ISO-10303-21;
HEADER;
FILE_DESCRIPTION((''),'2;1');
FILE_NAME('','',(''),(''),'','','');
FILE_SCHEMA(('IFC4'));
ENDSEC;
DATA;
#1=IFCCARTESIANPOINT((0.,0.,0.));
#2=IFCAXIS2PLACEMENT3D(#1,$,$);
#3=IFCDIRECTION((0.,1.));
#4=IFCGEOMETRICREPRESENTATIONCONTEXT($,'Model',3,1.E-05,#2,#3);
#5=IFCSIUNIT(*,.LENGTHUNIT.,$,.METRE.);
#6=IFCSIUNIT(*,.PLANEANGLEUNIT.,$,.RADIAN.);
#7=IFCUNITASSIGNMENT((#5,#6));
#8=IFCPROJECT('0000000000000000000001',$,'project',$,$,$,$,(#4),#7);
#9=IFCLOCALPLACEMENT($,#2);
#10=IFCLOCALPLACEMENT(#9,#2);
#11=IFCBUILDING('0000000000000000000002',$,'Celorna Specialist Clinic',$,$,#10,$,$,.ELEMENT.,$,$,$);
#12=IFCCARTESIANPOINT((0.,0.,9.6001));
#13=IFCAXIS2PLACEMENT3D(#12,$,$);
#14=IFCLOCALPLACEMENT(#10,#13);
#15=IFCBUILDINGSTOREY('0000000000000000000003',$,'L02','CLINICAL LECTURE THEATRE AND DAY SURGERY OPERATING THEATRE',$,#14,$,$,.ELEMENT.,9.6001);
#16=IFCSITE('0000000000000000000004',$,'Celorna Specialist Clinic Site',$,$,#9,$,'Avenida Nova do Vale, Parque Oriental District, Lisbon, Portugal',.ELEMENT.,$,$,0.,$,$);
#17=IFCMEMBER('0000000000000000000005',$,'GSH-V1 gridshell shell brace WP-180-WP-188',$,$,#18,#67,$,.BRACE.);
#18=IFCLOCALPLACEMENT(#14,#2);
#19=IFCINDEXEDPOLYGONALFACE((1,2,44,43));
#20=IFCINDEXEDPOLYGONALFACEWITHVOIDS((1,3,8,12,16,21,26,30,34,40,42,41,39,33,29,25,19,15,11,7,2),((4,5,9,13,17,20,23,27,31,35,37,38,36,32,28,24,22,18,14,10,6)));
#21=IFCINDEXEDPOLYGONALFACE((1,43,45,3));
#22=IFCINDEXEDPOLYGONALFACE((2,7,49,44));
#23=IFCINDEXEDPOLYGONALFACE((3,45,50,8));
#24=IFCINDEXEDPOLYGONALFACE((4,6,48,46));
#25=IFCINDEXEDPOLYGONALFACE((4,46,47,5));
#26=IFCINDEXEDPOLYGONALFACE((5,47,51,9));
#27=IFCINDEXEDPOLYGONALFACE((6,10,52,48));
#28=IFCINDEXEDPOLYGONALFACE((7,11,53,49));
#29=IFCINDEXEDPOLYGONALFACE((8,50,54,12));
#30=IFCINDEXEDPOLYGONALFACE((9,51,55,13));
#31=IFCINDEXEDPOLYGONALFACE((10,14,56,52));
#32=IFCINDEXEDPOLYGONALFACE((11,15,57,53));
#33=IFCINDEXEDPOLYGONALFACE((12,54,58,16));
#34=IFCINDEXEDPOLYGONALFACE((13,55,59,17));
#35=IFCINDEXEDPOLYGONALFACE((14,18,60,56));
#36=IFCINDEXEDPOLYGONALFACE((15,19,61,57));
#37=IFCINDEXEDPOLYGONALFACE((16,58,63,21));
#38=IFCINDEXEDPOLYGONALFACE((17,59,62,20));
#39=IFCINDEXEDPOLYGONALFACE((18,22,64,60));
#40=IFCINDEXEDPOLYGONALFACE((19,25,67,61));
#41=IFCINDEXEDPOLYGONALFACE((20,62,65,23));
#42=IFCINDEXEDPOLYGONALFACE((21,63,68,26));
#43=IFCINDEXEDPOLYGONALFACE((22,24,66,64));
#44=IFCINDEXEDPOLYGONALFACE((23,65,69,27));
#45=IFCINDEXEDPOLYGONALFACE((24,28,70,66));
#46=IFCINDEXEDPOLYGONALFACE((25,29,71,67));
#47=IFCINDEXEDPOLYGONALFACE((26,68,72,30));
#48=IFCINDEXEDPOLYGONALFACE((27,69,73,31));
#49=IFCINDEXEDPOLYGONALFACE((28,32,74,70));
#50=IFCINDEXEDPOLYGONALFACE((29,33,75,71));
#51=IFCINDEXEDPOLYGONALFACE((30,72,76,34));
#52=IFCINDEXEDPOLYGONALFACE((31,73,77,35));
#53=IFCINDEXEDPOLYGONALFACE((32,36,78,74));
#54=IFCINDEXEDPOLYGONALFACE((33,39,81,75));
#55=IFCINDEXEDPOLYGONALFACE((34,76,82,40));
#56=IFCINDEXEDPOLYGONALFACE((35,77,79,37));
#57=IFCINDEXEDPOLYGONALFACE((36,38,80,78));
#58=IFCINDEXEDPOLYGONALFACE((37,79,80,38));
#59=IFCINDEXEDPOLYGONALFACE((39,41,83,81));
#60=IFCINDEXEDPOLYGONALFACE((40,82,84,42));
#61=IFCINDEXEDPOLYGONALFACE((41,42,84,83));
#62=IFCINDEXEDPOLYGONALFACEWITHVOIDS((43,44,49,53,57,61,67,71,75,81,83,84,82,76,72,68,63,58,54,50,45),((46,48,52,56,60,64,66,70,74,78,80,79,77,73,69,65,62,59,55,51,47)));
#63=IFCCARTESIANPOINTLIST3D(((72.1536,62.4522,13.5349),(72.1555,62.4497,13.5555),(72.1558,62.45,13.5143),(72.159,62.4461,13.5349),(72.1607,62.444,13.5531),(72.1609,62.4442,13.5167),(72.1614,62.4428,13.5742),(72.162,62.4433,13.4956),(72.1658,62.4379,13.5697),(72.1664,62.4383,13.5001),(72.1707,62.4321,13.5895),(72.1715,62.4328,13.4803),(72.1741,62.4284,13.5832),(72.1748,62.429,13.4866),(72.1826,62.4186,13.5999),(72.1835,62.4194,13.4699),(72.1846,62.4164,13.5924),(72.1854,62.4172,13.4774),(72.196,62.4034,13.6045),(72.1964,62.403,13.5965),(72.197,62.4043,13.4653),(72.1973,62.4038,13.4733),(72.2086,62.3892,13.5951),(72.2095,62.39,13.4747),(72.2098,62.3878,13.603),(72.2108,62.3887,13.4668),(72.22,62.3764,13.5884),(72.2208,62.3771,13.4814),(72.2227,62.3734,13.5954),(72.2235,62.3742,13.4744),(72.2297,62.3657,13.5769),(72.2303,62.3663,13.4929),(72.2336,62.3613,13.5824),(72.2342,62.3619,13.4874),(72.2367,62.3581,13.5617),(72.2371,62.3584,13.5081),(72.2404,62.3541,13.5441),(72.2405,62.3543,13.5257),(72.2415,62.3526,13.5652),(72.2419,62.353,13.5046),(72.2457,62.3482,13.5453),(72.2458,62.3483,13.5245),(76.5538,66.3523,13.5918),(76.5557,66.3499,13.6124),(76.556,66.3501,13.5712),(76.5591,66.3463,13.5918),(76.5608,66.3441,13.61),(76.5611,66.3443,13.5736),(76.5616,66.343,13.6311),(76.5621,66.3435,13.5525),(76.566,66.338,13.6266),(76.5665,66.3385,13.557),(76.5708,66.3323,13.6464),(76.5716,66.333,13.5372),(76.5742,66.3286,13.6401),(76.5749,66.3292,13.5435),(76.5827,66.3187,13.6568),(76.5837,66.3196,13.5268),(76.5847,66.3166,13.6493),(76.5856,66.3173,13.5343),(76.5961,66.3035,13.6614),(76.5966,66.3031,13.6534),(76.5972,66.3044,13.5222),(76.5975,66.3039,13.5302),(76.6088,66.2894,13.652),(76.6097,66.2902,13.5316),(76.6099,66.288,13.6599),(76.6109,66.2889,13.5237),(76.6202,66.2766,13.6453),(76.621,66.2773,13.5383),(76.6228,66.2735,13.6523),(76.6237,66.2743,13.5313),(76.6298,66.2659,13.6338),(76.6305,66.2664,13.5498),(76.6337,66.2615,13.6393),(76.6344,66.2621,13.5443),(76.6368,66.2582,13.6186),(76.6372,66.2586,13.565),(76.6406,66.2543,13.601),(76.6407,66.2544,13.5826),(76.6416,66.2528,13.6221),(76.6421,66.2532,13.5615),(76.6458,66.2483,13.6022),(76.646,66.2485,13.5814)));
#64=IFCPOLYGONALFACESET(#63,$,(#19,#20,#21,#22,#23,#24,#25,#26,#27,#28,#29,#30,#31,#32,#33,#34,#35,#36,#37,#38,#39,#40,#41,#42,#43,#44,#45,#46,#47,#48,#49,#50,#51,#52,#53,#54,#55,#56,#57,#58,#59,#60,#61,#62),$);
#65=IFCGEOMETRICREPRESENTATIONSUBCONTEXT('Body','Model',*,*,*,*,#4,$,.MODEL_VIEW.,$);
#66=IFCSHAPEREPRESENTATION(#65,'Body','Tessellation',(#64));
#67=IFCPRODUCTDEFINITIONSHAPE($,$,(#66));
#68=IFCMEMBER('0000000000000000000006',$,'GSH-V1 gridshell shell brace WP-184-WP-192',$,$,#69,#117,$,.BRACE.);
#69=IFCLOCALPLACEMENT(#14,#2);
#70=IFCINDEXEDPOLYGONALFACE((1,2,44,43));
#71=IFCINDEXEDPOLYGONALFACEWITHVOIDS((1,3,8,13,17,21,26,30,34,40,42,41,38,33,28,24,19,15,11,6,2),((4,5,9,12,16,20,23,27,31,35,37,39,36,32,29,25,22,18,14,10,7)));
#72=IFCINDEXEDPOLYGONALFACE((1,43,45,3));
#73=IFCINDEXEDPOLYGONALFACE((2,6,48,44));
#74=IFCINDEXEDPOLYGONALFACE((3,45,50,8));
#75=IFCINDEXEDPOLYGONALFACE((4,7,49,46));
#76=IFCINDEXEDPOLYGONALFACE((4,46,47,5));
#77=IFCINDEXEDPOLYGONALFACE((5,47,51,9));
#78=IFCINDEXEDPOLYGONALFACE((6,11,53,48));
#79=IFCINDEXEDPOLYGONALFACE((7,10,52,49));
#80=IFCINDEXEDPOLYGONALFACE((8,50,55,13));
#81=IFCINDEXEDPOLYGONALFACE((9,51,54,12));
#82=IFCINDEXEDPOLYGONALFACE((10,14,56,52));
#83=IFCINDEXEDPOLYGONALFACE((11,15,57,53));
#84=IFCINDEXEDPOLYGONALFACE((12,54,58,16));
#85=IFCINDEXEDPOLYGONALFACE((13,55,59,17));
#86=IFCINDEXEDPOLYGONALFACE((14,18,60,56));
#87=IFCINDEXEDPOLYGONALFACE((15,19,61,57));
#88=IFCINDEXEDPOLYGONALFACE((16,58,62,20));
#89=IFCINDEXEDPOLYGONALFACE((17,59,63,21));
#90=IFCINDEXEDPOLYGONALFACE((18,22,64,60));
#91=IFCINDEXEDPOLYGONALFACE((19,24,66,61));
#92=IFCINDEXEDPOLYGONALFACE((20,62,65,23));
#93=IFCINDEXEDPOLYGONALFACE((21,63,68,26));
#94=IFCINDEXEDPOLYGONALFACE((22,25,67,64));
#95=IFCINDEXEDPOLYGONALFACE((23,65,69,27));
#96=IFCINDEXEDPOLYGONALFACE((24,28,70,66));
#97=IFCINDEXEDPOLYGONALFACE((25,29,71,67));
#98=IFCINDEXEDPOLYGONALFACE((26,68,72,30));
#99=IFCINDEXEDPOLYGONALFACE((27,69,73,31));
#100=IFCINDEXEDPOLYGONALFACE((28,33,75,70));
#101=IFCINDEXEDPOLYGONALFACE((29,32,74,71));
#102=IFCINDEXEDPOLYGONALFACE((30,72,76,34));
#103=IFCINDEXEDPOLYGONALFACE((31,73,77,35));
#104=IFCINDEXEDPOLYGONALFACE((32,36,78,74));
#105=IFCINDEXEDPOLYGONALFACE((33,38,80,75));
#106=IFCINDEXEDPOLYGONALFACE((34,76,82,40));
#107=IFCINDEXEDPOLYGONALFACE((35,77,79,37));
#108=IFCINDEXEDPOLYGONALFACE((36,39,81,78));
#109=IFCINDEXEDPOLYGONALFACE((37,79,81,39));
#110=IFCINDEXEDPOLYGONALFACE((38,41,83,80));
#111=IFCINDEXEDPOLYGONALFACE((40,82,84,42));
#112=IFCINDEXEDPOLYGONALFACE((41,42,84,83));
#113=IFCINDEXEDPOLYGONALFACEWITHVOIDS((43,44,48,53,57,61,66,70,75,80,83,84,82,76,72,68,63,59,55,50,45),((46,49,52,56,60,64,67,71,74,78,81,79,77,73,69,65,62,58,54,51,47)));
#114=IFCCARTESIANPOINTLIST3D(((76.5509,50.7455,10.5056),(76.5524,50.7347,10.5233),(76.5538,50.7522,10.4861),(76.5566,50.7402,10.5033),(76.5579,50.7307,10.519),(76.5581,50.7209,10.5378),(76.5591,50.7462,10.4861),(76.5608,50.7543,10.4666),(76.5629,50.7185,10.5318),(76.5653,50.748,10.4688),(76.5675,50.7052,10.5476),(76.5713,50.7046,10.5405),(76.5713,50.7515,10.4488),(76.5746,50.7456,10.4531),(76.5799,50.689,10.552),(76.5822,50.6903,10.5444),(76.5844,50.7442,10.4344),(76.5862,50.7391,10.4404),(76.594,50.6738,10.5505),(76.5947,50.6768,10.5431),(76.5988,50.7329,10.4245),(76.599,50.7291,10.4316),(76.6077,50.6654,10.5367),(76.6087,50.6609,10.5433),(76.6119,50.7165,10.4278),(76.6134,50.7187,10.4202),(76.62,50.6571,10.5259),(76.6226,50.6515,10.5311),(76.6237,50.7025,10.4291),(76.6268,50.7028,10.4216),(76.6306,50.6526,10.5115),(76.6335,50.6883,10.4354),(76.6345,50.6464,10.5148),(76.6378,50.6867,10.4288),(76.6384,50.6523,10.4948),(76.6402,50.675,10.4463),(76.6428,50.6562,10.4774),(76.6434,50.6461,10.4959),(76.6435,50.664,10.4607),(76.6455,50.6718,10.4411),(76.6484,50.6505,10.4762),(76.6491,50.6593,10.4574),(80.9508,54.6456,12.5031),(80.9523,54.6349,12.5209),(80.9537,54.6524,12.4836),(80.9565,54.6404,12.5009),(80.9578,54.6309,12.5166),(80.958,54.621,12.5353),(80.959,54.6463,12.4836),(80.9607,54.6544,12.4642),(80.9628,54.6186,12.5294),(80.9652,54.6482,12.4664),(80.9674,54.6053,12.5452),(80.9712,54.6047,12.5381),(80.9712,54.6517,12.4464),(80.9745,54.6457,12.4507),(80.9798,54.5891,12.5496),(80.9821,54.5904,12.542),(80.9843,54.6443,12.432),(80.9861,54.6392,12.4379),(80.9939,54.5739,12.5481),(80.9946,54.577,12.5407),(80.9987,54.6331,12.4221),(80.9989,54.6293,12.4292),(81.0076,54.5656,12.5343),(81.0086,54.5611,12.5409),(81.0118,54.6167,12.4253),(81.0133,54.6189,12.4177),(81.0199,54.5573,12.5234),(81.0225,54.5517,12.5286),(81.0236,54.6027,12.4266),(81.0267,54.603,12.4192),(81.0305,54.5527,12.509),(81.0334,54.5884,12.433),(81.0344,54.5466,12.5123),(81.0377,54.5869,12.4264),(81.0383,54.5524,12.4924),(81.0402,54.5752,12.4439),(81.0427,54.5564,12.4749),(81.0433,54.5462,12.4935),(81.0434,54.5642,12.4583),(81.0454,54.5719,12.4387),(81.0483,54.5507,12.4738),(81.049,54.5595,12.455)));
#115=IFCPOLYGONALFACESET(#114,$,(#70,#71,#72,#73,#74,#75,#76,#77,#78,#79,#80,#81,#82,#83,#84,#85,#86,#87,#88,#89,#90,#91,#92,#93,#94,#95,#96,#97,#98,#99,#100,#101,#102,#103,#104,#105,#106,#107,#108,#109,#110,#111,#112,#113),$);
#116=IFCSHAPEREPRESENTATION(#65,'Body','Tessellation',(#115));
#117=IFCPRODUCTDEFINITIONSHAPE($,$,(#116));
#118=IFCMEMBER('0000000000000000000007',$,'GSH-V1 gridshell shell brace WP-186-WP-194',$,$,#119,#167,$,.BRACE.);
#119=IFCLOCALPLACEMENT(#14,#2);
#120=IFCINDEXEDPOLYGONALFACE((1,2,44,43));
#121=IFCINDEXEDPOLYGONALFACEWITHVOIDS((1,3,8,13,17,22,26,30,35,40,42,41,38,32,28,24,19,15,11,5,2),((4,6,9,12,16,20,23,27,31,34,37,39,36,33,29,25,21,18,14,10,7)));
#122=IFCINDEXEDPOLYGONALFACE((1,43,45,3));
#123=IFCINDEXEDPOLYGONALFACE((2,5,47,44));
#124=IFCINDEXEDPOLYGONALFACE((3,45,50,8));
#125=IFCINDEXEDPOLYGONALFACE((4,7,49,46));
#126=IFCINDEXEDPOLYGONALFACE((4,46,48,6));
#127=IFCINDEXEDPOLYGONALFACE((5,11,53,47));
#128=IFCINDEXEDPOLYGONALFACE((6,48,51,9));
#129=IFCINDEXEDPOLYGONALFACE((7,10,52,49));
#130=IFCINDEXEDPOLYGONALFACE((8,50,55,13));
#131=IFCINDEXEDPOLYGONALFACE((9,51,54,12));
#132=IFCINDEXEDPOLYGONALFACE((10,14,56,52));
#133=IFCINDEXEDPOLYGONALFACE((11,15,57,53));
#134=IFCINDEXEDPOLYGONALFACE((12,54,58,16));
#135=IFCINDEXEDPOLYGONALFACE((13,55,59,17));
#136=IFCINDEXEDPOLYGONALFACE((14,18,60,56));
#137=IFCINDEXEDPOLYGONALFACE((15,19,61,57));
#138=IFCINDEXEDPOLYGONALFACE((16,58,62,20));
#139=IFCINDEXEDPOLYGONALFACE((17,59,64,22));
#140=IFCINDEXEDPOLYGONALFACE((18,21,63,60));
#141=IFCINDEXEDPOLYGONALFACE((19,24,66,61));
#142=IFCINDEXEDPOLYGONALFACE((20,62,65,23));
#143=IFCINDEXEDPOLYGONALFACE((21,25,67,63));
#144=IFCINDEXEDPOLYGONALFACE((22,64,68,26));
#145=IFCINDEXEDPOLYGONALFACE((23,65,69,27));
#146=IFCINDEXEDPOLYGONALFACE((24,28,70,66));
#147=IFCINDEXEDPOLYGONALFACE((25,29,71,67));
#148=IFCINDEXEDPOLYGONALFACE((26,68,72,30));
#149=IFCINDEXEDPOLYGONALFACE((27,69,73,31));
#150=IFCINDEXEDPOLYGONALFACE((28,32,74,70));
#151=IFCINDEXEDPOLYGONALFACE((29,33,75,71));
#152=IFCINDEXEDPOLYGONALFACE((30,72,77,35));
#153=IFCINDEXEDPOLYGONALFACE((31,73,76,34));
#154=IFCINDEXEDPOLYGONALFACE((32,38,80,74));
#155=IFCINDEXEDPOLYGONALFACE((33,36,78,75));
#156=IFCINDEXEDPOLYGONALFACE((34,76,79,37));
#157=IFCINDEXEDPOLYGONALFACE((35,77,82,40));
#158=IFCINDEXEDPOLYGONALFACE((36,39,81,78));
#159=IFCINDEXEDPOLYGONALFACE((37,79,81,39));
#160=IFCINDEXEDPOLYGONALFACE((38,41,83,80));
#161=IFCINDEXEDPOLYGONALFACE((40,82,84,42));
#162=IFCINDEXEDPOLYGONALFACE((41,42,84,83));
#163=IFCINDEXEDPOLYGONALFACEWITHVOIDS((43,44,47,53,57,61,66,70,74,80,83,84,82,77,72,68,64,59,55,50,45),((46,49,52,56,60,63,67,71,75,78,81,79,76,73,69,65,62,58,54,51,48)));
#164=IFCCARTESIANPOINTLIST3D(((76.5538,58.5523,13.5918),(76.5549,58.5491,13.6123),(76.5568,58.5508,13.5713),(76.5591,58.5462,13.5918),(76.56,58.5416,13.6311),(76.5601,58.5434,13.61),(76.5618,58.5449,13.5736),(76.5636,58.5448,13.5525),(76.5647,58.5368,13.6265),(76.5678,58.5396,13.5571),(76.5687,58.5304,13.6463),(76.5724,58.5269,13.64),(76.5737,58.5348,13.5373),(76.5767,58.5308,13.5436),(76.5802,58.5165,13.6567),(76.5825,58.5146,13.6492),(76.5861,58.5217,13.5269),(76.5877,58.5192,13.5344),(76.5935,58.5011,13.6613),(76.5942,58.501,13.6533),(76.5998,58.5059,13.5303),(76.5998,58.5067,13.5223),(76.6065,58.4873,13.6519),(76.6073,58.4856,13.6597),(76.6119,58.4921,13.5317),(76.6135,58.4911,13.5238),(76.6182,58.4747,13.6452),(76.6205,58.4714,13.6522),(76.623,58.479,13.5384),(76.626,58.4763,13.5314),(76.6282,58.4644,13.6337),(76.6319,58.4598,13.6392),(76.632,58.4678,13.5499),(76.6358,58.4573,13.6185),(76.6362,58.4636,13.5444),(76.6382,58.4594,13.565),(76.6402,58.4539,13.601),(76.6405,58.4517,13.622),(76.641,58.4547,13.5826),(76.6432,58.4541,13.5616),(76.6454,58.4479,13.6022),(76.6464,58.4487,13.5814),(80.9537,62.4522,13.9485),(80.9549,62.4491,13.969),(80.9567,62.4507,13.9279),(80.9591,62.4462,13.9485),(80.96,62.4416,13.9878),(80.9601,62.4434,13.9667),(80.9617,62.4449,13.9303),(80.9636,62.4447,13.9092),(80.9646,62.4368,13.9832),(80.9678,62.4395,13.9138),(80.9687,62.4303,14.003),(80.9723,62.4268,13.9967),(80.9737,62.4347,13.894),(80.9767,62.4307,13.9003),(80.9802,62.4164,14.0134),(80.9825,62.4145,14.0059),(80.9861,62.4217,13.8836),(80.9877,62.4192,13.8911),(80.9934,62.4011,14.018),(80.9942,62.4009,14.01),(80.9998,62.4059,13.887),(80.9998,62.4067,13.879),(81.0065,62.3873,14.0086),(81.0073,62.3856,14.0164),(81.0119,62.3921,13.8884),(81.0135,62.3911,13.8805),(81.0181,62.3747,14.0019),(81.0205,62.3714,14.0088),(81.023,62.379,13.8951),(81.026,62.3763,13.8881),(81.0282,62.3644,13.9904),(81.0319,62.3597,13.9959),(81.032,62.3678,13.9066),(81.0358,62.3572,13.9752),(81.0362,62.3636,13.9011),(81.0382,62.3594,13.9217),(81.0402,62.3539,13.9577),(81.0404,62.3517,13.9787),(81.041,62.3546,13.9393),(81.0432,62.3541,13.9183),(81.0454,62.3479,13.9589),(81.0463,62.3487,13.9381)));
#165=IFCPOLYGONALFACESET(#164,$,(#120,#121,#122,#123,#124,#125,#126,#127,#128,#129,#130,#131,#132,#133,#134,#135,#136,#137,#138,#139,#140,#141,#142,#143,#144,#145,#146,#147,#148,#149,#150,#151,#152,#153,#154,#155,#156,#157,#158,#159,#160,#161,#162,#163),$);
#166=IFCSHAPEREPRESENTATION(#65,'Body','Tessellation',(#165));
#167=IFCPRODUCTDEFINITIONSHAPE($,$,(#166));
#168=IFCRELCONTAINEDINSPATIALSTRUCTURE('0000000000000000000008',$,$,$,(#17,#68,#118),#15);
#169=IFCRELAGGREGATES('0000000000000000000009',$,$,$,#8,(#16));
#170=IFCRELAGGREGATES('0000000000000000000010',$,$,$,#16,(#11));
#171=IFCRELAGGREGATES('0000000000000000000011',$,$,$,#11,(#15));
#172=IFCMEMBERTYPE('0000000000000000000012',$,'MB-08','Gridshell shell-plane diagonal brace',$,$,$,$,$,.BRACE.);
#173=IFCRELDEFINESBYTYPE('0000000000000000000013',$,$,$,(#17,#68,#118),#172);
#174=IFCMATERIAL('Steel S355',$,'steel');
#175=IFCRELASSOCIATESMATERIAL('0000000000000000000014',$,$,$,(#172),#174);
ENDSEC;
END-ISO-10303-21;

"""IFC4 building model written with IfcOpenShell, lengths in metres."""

from ifc_helpers import new_model, si_unit, direction, frame, origin, origin_2d, place, context, subcontext, project, spatial, hollow_circle, extrude, material, material_profile, profile_set, type_object, element, save


model = new_model("IFC4")

# Units and contexts
model_context = context("Model", 3, precision=1e-05, world=origin(), true_north=direction((0.0, 1.0)))
body_context = subcontext(model_context, "Body", "Model", "MODEL_VIEW")
ifc_project = project(units=[si_unit("LENGTHUNIT", "METRE"), si_unit("PLANEANGLEUNIT", "RADIAN")], contexts=[model_context])

# Site, building, storey
site_placement = place(None, origin())
site = spatial("IfcSite", under=ifc_project, at=site_placement, Name="Celorna Specialist Clinic Site", LongName="Avenida Nova do Vale, Parque Oriental District, Lisbon, Portugal", CompositionType="ELEMENT", RefElevation=0.0)
building_placement = place(site_placement, origin())
building = spatial("IfcBuilding", under=site, at=building_placement, Name="Celorna Specialist Clinic", CompositionType="ELEMENT")
storey_placement = place(building_placement, frame((0.0, 0.0, 9.6001)))
storey = spatial("IfcBuildingStorey", under=building, at=storey_placement, Name="L02", Description="CLINICAL LECTURE THEATRE AND DAY SURGERY OPERATING THEATRE", CompositionType="ELEMENT", Elevation=9.6001)

# Shared definitions
ifc_material_1 = material(Name="Steel S355", Category="steel")

# Members
ifc_material_profile_1 = material_profile(ifc_material_1, hollow_circle(Radius=0.0698, WallThickness=0.0081, at=origin_2d()), Name="CHS 139.7x8")
ifc_profile_set_1 = profile_set([ifc_material_profile_1], Name="Steel S355")
member_type_1 = type_object("IfcMemberType", Name="MB-08", Description="Gridshell shell-plane diagonal brace", PredefinedType="BRACE", material=ifc_profile_set_1)
member_1_placement = place(storey_placement, frame((72.2, 62.3999, 13.5349), z_axis=(0.748311, 0.663278, 0.009674), x_axis=(-0.663309, 0.748346, 0.0)))
element("IfcMember", 1, at=member_1_placement, inside=storey, type_object=member_type_1, Name="GSH-V1 gridshell shell brace WP-180-WP-188", PredefinedType="BRACE", context=body_context, shape_type="SweptSolid", body=[
    extrude(hollow_circle(Radius=0.0698, WallThickness=0.0081, at=origin_2d()), origin(), (0.0, 0.0, 1.0), 5.8801),
])
member_2_placement = place(storey_placement, frame((76.6001, 50.7, 10.4861), z_axis=(0.708552, 0.628072, 0.321683), x_axis=(-0.66333, 0.748327, 0.0)))
element("IfcMember", 2, at=member_2_placement, inside=storey, type_object=member_type_1, Name="GSH-V1 gridshell shell brace WP-184-WP-192", PredefinedType="BRACE", context=body_context, shape_type="SweptSolid", body=[
    extrude(hollow_circle(Radius=0.0698, WallThickness=0.0081, at=origin_2d()), origin(), (0.0, 0.0, 1.0), 6.2097),
])
member_3_placement = place(storey_placement, frame((76.6001, 58.5, 13.5918), z_axis=(0.746975, 0.662089, 0.060555), x_axis=(-0.663306, 0.748348, 0.0)))
element("IfcMember", 3, at=member_3_placement, inside=storey, type_object=member_type_1, Name="GSH-V1 gridshell shell brace WP-186-WP-194", PredefinedType="BRACE", context=body_context, shape_type="SweptSolid", body=[
    extrude(hollow_circle(Radius=0.0698, WallThickness=0.0081, at=origin_2d()), origin(), (0.0, 0.0, 1.0), 5.8904),
])

save(model, "model.ifc")
